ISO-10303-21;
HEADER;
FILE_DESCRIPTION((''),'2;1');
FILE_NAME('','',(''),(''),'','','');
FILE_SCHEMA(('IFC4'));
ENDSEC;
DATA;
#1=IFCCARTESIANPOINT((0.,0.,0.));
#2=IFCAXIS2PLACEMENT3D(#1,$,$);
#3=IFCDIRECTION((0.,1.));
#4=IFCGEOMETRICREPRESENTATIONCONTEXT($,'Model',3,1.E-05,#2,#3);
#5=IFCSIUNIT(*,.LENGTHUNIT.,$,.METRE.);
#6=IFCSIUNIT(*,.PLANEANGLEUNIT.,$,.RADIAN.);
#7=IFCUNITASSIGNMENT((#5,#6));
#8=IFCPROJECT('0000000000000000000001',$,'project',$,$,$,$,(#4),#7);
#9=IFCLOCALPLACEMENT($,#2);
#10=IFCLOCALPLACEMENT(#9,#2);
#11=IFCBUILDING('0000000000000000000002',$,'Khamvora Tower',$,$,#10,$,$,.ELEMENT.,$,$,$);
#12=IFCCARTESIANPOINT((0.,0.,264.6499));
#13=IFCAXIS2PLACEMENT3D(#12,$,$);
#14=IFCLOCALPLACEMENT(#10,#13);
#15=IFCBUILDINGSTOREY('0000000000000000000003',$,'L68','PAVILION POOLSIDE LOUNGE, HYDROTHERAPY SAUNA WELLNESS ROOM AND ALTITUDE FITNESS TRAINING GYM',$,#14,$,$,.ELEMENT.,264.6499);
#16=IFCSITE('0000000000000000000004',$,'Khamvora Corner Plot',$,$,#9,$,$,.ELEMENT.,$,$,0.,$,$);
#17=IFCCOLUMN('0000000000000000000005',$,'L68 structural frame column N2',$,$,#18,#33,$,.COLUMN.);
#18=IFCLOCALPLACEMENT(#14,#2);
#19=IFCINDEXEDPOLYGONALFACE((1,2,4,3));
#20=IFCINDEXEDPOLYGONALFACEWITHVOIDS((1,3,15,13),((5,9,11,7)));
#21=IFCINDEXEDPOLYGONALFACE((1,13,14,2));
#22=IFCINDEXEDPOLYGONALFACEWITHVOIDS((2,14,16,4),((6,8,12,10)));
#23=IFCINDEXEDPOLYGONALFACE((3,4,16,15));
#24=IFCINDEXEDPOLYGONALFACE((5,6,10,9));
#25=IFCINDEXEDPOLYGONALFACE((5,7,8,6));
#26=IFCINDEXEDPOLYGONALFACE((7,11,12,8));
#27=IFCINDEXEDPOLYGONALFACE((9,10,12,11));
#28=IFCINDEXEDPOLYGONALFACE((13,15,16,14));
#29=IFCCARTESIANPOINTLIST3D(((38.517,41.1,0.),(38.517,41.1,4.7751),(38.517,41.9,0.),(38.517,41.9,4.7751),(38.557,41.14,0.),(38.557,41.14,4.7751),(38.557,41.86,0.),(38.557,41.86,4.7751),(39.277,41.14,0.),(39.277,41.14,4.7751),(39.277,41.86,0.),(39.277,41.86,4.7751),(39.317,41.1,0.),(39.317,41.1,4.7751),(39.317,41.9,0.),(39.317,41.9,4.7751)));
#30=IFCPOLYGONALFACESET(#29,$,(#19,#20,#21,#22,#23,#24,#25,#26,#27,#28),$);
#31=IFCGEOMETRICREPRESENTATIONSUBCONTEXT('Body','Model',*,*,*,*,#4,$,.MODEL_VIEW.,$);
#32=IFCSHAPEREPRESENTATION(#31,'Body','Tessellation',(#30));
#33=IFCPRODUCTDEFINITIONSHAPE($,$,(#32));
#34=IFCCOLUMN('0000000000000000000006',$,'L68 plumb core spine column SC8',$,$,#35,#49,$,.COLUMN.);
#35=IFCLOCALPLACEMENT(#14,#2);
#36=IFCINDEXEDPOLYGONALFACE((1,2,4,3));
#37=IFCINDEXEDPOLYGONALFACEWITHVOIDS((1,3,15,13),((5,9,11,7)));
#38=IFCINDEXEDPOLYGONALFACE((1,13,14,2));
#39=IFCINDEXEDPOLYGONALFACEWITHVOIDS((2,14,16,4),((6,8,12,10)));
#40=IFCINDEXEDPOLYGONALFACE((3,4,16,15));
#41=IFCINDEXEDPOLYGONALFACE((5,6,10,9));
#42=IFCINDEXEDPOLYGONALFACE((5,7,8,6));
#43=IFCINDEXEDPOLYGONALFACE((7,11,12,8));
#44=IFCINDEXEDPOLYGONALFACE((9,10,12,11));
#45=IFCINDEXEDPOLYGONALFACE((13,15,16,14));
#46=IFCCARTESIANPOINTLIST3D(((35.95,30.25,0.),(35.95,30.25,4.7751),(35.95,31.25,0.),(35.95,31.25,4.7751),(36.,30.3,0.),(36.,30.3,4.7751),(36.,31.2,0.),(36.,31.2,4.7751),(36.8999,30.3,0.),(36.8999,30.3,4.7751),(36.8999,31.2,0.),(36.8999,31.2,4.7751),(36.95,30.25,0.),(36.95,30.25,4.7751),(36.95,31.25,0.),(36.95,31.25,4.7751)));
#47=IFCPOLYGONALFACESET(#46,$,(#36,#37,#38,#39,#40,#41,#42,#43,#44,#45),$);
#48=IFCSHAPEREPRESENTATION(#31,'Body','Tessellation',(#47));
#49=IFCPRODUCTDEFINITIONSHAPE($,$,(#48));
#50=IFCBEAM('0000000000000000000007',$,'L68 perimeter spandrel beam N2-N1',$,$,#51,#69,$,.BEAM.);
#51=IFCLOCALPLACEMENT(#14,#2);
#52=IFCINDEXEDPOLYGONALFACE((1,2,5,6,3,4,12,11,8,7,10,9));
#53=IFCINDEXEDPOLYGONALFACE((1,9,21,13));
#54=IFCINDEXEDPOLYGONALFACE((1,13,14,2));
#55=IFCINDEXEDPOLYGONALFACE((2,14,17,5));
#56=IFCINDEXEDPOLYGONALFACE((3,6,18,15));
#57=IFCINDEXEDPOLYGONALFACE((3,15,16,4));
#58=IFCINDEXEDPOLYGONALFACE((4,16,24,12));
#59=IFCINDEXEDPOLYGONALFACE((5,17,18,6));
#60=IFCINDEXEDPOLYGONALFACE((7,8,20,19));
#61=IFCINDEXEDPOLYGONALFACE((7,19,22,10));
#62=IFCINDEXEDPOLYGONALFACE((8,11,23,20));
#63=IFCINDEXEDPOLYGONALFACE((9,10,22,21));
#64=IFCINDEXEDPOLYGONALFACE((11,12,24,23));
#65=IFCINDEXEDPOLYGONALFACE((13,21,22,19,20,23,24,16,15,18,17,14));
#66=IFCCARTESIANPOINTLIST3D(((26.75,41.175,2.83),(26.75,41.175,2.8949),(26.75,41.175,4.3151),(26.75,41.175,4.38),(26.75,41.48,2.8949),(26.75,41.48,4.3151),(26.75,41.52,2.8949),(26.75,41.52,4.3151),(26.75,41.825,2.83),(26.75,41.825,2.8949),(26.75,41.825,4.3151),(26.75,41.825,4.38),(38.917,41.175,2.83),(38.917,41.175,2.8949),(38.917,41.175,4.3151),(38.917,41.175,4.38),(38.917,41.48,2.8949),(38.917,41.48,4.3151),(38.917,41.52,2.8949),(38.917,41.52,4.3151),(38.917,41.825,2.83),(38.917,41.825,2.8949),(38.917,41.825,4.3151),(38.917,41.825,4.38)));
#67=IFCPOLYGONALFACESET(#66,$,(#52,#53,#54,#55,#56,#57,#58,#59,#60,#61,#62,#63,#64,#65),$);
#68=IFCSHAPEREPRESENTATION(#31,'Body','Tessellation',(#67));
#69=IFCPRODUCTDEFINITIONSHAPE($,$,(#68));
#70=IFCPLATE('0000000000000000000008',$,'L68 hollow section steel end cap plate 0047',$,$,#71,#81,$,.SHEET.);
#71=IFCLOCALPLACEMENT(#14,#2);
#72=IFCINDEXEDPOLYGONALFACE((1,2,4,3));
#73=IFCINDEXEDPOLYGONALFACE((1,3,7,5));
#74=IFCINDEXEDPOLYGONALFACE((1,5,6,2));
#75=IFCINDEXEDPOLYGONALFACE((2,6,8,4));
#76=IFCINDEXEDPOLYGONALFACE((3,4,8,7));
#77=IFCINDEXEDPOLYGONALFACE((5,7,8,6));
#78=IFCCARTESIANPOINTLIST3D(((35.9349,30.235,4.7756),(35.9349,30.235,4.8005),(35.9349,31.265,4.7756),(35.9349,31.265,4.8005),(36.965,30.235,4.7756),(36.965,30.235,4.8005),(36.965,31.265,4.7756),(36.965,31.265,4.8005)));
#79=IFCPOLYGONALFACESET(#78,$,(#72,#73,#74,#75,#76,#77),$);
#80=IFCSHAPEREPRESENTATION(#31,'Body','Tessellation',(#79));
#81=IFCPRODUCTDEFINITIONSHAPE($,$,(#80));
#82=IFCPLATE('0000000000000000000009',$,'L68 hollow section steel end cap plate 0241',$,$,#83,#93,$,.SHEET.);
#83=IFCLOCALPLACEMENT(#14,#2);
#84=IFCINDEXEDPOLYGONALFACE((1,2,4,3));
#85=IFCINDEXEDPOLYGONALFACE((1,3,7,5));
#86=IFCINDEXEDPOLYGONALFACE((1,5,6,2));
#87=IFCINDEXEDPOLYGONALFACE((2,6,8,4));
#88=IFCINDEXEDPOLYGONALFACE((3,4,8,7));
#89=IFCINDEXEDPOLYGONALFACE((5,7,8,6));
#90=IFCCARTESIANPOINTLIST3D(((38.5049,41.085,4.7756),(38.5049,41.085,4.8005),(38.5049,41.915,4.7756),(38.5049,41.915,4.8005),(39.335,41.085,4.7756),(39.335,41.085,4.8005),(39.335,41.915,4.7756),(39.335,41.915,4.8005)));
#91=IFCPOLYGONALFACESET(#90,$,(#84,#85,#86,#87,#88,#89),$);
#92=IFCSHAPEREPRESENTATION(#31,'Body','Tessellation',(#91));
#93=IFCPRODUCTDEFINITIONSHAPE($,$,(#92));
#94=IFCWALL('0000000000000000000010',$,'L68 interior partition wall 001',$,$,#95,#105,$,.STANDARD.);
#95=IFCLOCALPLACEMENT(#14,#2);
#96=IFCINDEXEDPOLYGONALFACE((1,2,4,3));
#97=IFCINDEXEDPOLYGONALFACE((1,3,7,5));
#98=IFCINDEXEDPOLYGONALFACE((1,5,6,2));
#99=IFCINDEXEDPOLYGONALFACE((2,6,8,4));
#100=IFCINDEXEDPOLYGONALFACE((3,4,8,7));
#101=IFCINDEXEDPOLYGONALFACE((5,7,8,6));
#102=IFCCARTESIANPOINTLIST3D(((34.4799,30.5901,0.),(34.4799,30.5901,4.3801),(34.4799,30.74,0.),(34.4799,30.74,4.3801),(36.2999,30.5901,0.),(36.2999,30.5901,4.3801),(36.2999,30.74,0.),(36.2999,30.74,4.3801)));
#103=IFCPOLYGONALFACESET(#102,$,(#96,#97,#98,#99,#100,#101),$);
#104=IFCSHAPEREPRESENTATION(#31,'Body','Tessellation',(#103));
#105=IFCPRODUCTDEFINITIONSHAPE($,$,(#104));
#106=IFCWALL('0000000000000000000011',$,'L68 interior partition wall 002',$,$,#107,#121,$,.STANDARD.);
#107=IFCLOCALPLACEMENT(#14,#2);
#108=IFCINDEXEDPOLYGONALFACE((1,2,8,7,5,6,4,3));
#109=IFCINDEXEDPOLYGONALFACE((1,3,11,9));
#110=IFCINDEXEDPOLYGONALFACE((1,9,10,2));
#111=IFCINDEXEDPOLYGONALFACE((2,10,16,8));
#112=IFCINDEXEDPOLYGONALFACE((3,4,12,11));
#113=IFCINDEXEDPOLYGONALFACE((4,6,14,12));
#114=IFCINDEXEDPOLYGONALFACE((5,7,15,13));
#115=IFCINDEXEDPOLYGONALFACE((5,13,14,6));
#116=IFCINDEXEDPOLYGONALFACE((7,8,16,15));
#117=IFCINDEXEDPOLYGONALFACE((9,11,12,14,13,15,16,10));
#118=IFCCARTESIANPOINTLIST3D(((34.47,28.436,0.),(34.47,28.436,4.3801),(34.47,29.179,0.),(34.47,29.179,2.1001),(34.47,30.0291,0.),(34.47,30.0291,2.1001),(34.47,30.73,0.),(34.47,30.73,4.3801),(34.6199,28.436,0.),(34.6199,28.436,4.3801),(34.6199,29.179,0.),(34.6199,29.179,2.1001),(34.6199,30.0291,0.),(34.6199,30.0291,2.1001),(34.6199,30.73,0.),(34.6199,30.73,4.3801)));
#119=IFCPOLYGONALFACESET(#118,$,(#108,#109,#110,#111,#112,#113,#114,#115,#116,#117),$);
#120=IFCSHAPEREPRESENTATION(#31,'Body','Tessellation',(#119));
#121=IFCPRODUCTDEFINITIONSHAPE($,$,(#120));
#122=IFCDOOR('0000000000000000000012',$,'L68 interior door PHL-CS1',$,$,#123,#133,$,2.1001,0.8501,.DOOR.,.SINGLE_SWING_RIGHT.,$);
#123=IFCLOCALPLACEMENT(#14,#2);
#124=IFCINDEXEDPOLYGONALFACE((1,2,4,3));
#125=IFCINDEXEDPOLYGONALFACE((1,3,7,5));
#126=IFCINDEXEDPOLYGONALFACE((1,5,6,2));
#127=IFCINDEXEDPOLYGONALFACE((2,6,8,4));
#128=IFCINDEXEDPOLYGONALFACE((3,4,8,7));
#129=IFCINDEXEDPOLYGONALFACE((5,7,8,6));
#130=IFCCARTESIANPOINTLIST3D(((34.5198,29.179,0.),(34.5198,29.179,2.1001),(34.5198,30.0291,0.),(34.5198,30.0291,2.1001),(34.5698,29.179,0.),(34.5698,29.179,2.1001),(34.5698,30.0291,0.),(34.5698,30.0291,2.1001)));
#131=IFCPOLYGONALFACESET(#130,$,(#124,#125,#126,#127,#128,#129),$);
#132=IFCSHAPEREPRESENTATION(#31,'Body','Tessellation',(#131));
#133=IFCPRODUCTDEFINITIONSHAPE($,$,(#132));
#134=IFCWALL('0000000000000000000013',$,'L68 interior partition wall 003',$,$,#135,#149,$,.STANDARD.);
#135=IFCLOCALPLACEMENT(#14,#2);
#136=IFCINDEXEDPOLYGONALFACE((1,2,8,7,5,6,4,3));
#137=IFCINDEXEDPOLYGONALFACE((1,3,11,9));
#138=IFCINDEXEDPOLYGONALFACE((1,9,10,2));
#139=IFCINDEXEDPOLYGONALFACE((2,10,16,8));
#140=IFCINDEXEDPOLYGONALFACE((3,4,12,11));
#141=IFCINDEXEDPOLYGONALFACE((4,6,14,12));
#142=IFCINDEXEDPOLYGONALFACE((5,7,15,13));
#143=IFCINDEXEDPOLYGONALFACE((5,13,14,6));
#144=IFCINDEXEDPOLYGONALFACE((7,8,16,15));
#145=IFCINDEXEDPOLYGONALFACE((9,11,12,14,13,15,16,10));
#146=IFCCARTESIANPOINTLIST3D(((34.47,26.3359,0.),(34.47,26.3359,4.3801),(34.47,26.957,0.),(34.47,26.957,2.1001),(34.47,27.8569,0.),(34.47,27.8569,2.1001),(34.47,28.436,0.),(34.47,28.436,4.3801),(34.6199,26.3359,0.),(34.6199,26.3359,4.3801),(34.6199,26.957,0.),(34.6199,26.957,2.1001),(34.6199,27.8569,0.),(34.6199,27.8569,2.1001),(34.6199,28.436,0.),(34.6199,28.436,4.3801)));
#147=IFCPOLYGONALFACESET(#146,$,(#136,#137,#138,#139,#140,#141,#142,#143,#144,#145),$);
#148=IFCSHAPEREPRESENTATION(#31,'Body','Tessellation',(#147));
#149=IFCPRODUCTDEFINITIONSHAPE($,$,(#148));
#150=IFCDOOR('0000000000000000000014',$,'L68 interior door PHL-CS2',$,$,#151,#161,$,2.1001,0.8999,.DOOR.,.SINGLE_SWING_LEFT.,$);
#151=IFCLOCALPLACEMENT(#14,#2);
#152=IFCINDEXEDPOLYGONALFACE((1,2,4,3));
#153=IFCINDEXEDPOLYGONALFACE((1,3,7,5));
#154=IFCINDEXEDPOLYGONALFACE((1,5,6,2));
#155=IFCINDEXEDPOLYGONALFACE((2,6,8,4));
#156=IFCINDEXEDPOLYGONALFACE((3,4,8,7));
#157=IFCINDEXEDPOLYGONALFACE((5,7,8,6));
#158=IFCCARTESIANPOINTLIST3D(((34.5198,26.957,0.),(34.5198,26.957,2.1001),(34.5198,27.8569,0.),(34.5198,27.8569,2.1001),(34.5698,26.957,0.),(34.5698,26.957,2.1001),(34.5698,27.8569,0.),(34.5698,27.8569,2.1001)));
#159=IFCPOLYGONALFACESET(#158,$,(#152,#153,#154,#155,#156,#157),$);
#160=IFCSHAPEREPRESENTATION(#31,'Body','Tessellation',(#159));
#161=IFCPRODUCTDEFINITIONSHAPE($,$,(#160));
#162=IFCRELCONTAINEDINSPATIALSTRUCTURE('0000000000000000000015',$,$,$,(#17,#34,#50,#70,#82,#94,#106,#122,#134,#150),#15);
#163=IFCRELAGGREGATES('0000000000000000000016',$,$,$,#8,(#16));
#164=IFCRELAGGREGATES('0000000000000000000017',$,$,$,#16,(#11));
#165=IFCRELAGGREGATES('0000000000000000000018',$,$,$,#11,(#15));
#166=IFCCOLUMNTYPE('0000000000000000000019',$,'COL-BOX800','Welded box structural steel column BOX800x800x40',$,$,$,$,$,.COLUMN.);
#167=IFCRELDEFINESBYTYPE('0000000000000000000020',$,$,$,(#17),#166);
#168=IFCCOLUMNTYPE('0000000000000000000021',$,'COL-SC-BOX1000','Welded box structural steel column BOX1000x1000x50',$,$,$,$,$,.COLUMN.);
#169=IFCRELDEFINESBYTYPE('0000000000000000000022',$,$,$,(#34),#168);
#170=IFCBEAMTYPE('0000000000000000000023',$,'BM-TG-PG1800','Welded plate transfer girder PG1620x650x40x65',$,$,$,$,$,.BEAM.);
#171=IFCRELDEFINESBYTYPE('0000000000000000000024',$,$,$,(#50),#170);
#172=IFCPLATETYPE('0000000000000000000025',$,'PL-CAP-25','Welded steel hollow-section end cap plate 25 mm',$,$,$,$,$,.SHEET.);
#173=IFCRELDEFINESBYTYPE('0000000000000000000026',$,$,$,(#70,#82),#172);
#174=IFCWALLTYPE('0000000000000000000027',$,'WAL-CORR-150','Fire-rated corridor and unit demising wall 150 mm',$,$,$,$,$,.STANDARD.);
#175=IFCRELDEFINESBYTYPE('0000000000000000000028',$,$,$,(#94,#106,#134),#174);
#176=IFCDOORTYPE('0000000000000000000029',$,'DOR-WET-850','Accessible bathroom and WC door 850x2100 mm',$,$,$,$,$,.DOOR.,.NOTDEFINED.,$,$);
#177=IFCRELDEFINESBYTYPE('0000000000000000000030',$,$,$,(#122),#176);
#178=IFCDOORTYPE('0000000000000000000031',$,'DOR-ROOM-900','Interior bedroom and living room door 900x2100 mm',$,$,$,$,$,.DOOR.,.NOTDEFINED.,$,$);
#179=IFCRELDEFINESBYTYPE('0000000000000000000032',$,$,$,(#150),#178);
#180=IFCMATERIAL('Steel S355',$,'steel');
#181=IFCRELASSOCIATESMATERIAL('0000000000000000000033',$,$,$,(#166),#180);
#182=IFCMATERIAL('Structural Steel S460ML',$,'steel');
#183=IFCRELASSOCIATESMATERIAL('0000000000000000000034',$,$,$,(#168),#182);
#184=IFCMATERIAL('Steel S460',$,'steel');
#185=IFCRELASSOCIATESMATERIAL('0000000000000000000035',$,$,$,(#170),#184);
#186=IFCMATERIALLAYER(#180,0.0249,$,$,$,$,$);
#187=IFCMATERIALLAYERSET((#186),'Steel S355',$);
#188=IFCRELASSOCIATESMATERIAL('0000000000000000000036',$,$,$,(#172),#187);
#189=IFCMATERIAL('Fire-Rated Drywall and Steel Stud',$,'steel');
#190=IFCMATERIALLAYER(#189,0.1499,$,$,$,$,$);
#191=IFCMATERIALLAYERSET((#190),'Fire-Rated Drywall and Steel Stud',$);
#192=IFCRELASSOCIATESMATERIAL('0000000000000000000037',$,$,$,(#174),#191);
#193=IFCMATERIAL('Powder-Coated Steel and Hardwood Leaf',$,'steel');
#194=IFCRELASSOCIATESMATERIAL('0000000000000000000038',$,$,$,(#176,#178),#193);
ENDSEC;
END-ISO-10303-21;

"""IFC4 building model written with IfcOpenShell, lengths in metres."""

from ifc_helpers import new_model, si_unit, direction, frame, frame_2d, origin, origin_2d, place, context, subcontext, project, spatial, rectangle, hollow_rectangle, i_section, extrude, material, layer, layer_set, material_profile, profile_set, type_object, element, fill, save


model = new_model("IFC4")

# Units and contexts
model_context = context("Model", 3, precision=1e-05, world=origin(), true_north=direction((0.0, 1.0)))
body_context = subcontext(model_context, "Body", "Model", "MODEL_VIEW")
ifc_project = project(units=[si_unit("LENGTHUNIT", "METRE"), si_unit("PLANEANGLEUNIT", "RADIAN")], contexts=[model_context])

# Site, building, storey
site_placement = place(None, origin())
site = spatial("IfcSite", under=ifc_project, at=site_placement, Name="Khamvora Corner Plot", CompositionType="ELEMENT", RefElevation=0.0)
building_placement = place(site_placement, origin())
building = spatial("IfcBuilding", under=site, at=building_placement, Name="Khamvora Tower", CompositionType="ELEMENT")
storey_placement = place(building_placement, frame((0.0, 0.0, 264.6499)))
storey = spatial("IfcBuildingStorey", under=building, at=storey_placement, Name="L68", Description="PAVILION POOLSIDE LOUNGE, HYDROTHERAPY SAUNA WELLNESS ROOM AND ALTITUDE FITNESS TRAINING GYM", CompositionType="ELEMENT", Elevation=264.6499)

# Columns
ifc_material_1 = material(Name="Steel S355", Category="steel")
ifc_material_profile_1 = material_profile(ifc_material_1, hollow_rectangle(XDim=0.8, YDim=0.8, WallThickness=0.04, at=origin_2d()), Name="BOX800x800x40")
ifc_profile_set_1 = profile_set([ifc_material_profile_1], Name="Steel S355")
column_type_1 = type_object("IfcColumnType", Name="COL-BOX800", Description="Welded box structural steel column BOX800x800x40", PredefinedType="COLUMN", material=ifc_profile_set_1)
column_1_placement = place(storey_placement, frame((38.917, 41.5, 0.0), z_axis=(0.0, 0.0, 1.0), x_axis=(1.0, 0.0, 0.0)))
element("IfcColumn", 1, at=column_1_placement, inside=storey, type_object=column_type_1, Name="L68 structural frame column N2", PredefinedType="COLUMN", context=body_context, shape_type="SweptSolid", body=[
    extrude(hollow_rectangle(XDim=0.8, YDim=0.8, WallThickness=0.04, at=origin_2d()), origin(), (0.0, 0.0, 1.0), 4.7751),
])
ifc_material_2 = material(Name="Structural Steel S460ML", Category="steel")
ifc_material_profile_2 = material_profile(ifc_material_2, hollow_rectangle(XDim=1.0, YDim=1.0, WallThickness=0.05, at=origin_2d()), Name="BOX1000x1000x50")
ifc_profile_set_2 = profile_set([ifc_material_profile_2], Name="Structural Steel S460ML")
column_type_2 = type_object("IfcColumnType", Name="COL-SC-BOX1000", Description="Welded box structural steel column BOX1000x1000x50", PredefinedType="COLUMN", material=ifc_profile_set_2)
column_2_placement = place(storey_placement, frame((36.45, 30.75, 0.0), z_axis=(0.0, 0.0, 1.0), x_axis=(1.0, 0.0, 0.0)))
element("IfcColumn", 2, at=column_2_placement, inside=storey, type_object=column_type_2, Name="L68 plumb core spine column SC8", PredefinedType="COLUMN", context=body_context, shape_type="SweptSolid", body=[
    extrude(hollow_rectangle(XDim=1.0, YDim=1.0, WallThickness=0.05, at=origin_2d()), origin(), (0.0, 0.0, 1.0), 4.7751),
])

# Beam
ifc_material_3 = material(Name="Steel S460", Category="steel")
ifc_material_profile_3 = material_profile(ifc_material_3, i_section(OverallWidth=0.6499, OverallDepth=1.55, WebThickness=0.04, FlangeThickness=0.0649, at=origin_2d()), Name="PG1550x650x40x65")
ifc_profile_set_3 = profile_set([ifc_material_profile_3], Name="Steel S460")
beam_type = type_object("IfcBeamType", Name="BM-TG-PG1800", Description="Welded plate transfer girder PG1620x650x40x65", PredefinedType="BEAM", material=ifc_profile_set_3)
beam_placement = place(storey_placement, frame((38.917, 41.5, 3.605), z_axis=(-1.0, 0.0, 0.0), x_axis=(0.0, -1.0, 0.0)))
element("IfcBeam", 3, at=beam_placement, inside=storey, type_object=beam_type, Name="L68 perimeter spandrel beam N2-N1", PredefinedType="BEAM", context=body_context, shape_type="SweptSolid", body=[
    extrude(i_section(OverallWidth=0.6499, OverallDepth=1.55, WebThickness=0.04, FlangeThickness=0.0649, at=origin_2d()), origin(), (0.0, 0.0, 1.0), 12.167),
])

# Plates
ifc_layer_1 = layer(ifc_material_1, 0.0249)
ifc_layer_set_1 = layer_set([ifc_layer_1], Name="Steel S355")
plate_type = type_object("IfcPlateType", Name="PL-CAP-25", Description="Welded steel hollow-section end cap plate 25 mm", PredefinedType="SHEET", material=ifc_layer_set_1)
plate_1_placement = place(storey_placement, frame((36.45, 30.75, 4.7756), z_axis=(0.0, 0.0, 1.0), x_axis=(1.0, 0.0, 0.0)))
element("IfcPlate", 4, at=plate_1_placement, inside=storey, type_object=plate_type, Name="L68 hollow section steel end cap plate 0047", PredefinedType="SHEET", context=body_context, shape_type="SweptSolid", body=[
    extrude(rectangle(XDim=1.03, YDim=1.03, at=origin_2d()), origin(), (0.0, 0.0, 1.0), 0.0249),
])
plate_2_placement = place(storey_placement, frame((38.9199, 41.5, 4.7756), z_axis=(0.0, 0.0, 1.0), x_axis=(1.0, 0.0, 0.0)))
element("IfcPlate", 5, at=plate_2_placement, inside=storey, type_object=plate_type, Name="L68 hollow section steel end cap plate 0241", PredefinedType="SHEET", context=body_context, shape_type="SweptSolid", body=[
    extrude(rectangle(XDim=0.8301, YDim=0.8301, at=origin_2d()), origin(), (0.0, 0.0, 1.0), 0.0249),
])

# Shared definitions
ifc_material_4 = material(Name="Powder-Coated Steel and Hardwood Leaf", Category="steel")

# Wall
ifc_material_5 = material(Name="Fire-Rated Drywall and Steel Stud", Category="steel")
ifc_layer_2 = layer(ifc_material_5, 0.1499)
ifc_layer_set_2 = layer_set([ifc_layer_2], Name="Fire-Rated Drywall and Steel Stud")
wall_type_1 = type_object("IfcWallType", Name="WAL-CORR-150", Description="Fire-rated corridor and unit demising wall 150 mm", PredefinedType="STANDARD", material=ifc_layer_set_2)
wall_1_placement = place(storey_placement, frame((36.3, 30.665, 0.0), z_axis=(0.0, 0.0, 1.0), x_axis=(-1.0, 0.0, 0.0)))
element("IfcWall", 6, at=wall_1_placement, inside=storey, type_object=wall_type_1, Name="L68 interior partition wall 001", PredefinedType="STANDARD", context=body_context, shape_type="SweptSolid", body=[
    extrude(rectangle(XDim=1.8201, YDim=0.1499, at=frame_2d((0.9102, 0.0))), origin(), (0.0, 0.0, 1.0), 4.3801),
])

# Walls, openings, doors
wall_2_placement = place(storey_placement, frame((34.5449, 30.73, 0.0), z_axis=(0.0, 0.0, 1.0), x_axis=(0.0, -1.0, 0.0)))
wall_2 = element("IfcWall", 7, at=wall_2_placement, inside=storey, type_object=wall_type_1, Name="L68 interior partition wall 002", PredefinedType="STANDARD", context=body_context, shape_type="SweptSolid", body=[
    extrude(rectangle(XDim=2.2939, YDim=0.1499, at=frame_2d((1.147, 0.0))), origin(), (0.0, 0.0, 1.0), 4.3801),
])
opening_1_placement = place(wall_2_placement, frame((0.7009, 0.0, 0.0)))
opening_1 = element("IfcOpeningElement", 8, at=opening_1_placement, cuts=wall_2, PredefinedType="OPENING", context=body_context, shape_type="SweptSolid", body=[
    extrude(rectangle(XDim=0.8501, YDim=2.1001, at=frame_2d((0.425, 1.05))), frame((0.0, 0.085, 0.0), z_axis=(0.0, -1.0, 0.0), x_axis=(1.0, 0.0, 0.0)), (0.0, 0.0, 1.0), 0.1699),
])
door_type_1 = type_object("IfcDoorType", Name="DOR-WET-850", Description="Accessible bathroom and WC door 850x2100 mm", OperationType="NOTDEFINED", PredefinedType="DOOR", material=ifc_material_4)
door_1_placement = place(opening_1_placement, origin())
door_1 = element("IfcDoor", 9, at=door_1_placement, inside=storey, type_object=door_type_1, Name="L68 interior door PHL-CS1", OperationType="SINGLE_SWING_RIGHT", OverallHeight=2.1001, OverallWidth=0.8501, PredefinedType="DOOR", context=body_context, shape_type="SweptSolid", body=[
    extrude(rectangle(XDim=0.8501, YDim=2.1001, at=frame_2d((0.425, 1.05))), frame((0.0, 0.0249, 0.0), z_axis=(0.0, -1.0, 0.0), x_axis=(1.0, 0.0, 0.0)), (0.0, 0.0, 1.0), 0.05),
])
fill(opening_1, door_1)
wall_3_placement = place(storey_placement, frame((34.5449, 28.436, 0.0), z_axis=(0.0, 0.0, 1.0), x_axis=(0.0, -1.0, 0.0)))
wall_3 = element("IfcWall", 10, at=wall_3_placement, inside=storey, type_object=wall_type_1, Name="L68 interior partition wall 003", PredefinedType="STANDARD", context=body_context, shape_type="SweptSolid", body=[
    extrude(rectangle(XDim=2.1001, YDim=0.1499, at=frame_2d((1.05, 0.0))), origin(), (0.0, 0.0, 1.0), 4.3801),
])
opening_2_placement = place(wall_3_placement, frame((0.5791, 0.0, 0.0)))
opening_2 = element("IfcOpeningElement", 11, at=opening_2_placement, cuts=wall_3, PredefinedType="OPENING", context=body_context, shape_type="SweptSolid", body=[
    extrude(rectangle(XDim=0.8999, YDim=2.1001, at=frame_2d((0.45, 1.05))), frame((0.0, 0.085, 0.0), z_axis=(0.0, -1.0, 0.0), x_axis=(1.0, 0.0, 0.0)), (0.0, 0.0, 1.0), 0.1699),
])
door_type_2 = type_object("IfcDoorType", Name="DOR-ROOM-900", Description="Interior bedroom and living room door 900x2100 mm", OperationType="NOTDEFINED", PredefinedType="DOOR", material=ifc_material_4)
door_2_placement = place(opening_2_placement, origin())
door_2 = element("IfcDoor", 12, at=door_2_placement, inside=storey, type_object=door_type_2, Name="L68 interior door PHL-CS2", OperationType="SINGLE_SWING_LEFT", OverallHeight=2.1001, OverallWidth=0.8999, PredefinedType="DOOR", context=body_context, shape_type="SweptSolid", body=[
    extrude(rectangle(XDim=0.8999, YDim=2.1001, at=frame_2d((0.45, 1.05))), frame((0.0, 0.0249, 0.0), z_axis=(0.0, -1.0, 0.0), x_axis=(1.0, 0.0, 0.0)), (0.0, 0.0, 1.0), 0.05),
])
fill(opening_2, door_2)

save(model, "model.ifc")
